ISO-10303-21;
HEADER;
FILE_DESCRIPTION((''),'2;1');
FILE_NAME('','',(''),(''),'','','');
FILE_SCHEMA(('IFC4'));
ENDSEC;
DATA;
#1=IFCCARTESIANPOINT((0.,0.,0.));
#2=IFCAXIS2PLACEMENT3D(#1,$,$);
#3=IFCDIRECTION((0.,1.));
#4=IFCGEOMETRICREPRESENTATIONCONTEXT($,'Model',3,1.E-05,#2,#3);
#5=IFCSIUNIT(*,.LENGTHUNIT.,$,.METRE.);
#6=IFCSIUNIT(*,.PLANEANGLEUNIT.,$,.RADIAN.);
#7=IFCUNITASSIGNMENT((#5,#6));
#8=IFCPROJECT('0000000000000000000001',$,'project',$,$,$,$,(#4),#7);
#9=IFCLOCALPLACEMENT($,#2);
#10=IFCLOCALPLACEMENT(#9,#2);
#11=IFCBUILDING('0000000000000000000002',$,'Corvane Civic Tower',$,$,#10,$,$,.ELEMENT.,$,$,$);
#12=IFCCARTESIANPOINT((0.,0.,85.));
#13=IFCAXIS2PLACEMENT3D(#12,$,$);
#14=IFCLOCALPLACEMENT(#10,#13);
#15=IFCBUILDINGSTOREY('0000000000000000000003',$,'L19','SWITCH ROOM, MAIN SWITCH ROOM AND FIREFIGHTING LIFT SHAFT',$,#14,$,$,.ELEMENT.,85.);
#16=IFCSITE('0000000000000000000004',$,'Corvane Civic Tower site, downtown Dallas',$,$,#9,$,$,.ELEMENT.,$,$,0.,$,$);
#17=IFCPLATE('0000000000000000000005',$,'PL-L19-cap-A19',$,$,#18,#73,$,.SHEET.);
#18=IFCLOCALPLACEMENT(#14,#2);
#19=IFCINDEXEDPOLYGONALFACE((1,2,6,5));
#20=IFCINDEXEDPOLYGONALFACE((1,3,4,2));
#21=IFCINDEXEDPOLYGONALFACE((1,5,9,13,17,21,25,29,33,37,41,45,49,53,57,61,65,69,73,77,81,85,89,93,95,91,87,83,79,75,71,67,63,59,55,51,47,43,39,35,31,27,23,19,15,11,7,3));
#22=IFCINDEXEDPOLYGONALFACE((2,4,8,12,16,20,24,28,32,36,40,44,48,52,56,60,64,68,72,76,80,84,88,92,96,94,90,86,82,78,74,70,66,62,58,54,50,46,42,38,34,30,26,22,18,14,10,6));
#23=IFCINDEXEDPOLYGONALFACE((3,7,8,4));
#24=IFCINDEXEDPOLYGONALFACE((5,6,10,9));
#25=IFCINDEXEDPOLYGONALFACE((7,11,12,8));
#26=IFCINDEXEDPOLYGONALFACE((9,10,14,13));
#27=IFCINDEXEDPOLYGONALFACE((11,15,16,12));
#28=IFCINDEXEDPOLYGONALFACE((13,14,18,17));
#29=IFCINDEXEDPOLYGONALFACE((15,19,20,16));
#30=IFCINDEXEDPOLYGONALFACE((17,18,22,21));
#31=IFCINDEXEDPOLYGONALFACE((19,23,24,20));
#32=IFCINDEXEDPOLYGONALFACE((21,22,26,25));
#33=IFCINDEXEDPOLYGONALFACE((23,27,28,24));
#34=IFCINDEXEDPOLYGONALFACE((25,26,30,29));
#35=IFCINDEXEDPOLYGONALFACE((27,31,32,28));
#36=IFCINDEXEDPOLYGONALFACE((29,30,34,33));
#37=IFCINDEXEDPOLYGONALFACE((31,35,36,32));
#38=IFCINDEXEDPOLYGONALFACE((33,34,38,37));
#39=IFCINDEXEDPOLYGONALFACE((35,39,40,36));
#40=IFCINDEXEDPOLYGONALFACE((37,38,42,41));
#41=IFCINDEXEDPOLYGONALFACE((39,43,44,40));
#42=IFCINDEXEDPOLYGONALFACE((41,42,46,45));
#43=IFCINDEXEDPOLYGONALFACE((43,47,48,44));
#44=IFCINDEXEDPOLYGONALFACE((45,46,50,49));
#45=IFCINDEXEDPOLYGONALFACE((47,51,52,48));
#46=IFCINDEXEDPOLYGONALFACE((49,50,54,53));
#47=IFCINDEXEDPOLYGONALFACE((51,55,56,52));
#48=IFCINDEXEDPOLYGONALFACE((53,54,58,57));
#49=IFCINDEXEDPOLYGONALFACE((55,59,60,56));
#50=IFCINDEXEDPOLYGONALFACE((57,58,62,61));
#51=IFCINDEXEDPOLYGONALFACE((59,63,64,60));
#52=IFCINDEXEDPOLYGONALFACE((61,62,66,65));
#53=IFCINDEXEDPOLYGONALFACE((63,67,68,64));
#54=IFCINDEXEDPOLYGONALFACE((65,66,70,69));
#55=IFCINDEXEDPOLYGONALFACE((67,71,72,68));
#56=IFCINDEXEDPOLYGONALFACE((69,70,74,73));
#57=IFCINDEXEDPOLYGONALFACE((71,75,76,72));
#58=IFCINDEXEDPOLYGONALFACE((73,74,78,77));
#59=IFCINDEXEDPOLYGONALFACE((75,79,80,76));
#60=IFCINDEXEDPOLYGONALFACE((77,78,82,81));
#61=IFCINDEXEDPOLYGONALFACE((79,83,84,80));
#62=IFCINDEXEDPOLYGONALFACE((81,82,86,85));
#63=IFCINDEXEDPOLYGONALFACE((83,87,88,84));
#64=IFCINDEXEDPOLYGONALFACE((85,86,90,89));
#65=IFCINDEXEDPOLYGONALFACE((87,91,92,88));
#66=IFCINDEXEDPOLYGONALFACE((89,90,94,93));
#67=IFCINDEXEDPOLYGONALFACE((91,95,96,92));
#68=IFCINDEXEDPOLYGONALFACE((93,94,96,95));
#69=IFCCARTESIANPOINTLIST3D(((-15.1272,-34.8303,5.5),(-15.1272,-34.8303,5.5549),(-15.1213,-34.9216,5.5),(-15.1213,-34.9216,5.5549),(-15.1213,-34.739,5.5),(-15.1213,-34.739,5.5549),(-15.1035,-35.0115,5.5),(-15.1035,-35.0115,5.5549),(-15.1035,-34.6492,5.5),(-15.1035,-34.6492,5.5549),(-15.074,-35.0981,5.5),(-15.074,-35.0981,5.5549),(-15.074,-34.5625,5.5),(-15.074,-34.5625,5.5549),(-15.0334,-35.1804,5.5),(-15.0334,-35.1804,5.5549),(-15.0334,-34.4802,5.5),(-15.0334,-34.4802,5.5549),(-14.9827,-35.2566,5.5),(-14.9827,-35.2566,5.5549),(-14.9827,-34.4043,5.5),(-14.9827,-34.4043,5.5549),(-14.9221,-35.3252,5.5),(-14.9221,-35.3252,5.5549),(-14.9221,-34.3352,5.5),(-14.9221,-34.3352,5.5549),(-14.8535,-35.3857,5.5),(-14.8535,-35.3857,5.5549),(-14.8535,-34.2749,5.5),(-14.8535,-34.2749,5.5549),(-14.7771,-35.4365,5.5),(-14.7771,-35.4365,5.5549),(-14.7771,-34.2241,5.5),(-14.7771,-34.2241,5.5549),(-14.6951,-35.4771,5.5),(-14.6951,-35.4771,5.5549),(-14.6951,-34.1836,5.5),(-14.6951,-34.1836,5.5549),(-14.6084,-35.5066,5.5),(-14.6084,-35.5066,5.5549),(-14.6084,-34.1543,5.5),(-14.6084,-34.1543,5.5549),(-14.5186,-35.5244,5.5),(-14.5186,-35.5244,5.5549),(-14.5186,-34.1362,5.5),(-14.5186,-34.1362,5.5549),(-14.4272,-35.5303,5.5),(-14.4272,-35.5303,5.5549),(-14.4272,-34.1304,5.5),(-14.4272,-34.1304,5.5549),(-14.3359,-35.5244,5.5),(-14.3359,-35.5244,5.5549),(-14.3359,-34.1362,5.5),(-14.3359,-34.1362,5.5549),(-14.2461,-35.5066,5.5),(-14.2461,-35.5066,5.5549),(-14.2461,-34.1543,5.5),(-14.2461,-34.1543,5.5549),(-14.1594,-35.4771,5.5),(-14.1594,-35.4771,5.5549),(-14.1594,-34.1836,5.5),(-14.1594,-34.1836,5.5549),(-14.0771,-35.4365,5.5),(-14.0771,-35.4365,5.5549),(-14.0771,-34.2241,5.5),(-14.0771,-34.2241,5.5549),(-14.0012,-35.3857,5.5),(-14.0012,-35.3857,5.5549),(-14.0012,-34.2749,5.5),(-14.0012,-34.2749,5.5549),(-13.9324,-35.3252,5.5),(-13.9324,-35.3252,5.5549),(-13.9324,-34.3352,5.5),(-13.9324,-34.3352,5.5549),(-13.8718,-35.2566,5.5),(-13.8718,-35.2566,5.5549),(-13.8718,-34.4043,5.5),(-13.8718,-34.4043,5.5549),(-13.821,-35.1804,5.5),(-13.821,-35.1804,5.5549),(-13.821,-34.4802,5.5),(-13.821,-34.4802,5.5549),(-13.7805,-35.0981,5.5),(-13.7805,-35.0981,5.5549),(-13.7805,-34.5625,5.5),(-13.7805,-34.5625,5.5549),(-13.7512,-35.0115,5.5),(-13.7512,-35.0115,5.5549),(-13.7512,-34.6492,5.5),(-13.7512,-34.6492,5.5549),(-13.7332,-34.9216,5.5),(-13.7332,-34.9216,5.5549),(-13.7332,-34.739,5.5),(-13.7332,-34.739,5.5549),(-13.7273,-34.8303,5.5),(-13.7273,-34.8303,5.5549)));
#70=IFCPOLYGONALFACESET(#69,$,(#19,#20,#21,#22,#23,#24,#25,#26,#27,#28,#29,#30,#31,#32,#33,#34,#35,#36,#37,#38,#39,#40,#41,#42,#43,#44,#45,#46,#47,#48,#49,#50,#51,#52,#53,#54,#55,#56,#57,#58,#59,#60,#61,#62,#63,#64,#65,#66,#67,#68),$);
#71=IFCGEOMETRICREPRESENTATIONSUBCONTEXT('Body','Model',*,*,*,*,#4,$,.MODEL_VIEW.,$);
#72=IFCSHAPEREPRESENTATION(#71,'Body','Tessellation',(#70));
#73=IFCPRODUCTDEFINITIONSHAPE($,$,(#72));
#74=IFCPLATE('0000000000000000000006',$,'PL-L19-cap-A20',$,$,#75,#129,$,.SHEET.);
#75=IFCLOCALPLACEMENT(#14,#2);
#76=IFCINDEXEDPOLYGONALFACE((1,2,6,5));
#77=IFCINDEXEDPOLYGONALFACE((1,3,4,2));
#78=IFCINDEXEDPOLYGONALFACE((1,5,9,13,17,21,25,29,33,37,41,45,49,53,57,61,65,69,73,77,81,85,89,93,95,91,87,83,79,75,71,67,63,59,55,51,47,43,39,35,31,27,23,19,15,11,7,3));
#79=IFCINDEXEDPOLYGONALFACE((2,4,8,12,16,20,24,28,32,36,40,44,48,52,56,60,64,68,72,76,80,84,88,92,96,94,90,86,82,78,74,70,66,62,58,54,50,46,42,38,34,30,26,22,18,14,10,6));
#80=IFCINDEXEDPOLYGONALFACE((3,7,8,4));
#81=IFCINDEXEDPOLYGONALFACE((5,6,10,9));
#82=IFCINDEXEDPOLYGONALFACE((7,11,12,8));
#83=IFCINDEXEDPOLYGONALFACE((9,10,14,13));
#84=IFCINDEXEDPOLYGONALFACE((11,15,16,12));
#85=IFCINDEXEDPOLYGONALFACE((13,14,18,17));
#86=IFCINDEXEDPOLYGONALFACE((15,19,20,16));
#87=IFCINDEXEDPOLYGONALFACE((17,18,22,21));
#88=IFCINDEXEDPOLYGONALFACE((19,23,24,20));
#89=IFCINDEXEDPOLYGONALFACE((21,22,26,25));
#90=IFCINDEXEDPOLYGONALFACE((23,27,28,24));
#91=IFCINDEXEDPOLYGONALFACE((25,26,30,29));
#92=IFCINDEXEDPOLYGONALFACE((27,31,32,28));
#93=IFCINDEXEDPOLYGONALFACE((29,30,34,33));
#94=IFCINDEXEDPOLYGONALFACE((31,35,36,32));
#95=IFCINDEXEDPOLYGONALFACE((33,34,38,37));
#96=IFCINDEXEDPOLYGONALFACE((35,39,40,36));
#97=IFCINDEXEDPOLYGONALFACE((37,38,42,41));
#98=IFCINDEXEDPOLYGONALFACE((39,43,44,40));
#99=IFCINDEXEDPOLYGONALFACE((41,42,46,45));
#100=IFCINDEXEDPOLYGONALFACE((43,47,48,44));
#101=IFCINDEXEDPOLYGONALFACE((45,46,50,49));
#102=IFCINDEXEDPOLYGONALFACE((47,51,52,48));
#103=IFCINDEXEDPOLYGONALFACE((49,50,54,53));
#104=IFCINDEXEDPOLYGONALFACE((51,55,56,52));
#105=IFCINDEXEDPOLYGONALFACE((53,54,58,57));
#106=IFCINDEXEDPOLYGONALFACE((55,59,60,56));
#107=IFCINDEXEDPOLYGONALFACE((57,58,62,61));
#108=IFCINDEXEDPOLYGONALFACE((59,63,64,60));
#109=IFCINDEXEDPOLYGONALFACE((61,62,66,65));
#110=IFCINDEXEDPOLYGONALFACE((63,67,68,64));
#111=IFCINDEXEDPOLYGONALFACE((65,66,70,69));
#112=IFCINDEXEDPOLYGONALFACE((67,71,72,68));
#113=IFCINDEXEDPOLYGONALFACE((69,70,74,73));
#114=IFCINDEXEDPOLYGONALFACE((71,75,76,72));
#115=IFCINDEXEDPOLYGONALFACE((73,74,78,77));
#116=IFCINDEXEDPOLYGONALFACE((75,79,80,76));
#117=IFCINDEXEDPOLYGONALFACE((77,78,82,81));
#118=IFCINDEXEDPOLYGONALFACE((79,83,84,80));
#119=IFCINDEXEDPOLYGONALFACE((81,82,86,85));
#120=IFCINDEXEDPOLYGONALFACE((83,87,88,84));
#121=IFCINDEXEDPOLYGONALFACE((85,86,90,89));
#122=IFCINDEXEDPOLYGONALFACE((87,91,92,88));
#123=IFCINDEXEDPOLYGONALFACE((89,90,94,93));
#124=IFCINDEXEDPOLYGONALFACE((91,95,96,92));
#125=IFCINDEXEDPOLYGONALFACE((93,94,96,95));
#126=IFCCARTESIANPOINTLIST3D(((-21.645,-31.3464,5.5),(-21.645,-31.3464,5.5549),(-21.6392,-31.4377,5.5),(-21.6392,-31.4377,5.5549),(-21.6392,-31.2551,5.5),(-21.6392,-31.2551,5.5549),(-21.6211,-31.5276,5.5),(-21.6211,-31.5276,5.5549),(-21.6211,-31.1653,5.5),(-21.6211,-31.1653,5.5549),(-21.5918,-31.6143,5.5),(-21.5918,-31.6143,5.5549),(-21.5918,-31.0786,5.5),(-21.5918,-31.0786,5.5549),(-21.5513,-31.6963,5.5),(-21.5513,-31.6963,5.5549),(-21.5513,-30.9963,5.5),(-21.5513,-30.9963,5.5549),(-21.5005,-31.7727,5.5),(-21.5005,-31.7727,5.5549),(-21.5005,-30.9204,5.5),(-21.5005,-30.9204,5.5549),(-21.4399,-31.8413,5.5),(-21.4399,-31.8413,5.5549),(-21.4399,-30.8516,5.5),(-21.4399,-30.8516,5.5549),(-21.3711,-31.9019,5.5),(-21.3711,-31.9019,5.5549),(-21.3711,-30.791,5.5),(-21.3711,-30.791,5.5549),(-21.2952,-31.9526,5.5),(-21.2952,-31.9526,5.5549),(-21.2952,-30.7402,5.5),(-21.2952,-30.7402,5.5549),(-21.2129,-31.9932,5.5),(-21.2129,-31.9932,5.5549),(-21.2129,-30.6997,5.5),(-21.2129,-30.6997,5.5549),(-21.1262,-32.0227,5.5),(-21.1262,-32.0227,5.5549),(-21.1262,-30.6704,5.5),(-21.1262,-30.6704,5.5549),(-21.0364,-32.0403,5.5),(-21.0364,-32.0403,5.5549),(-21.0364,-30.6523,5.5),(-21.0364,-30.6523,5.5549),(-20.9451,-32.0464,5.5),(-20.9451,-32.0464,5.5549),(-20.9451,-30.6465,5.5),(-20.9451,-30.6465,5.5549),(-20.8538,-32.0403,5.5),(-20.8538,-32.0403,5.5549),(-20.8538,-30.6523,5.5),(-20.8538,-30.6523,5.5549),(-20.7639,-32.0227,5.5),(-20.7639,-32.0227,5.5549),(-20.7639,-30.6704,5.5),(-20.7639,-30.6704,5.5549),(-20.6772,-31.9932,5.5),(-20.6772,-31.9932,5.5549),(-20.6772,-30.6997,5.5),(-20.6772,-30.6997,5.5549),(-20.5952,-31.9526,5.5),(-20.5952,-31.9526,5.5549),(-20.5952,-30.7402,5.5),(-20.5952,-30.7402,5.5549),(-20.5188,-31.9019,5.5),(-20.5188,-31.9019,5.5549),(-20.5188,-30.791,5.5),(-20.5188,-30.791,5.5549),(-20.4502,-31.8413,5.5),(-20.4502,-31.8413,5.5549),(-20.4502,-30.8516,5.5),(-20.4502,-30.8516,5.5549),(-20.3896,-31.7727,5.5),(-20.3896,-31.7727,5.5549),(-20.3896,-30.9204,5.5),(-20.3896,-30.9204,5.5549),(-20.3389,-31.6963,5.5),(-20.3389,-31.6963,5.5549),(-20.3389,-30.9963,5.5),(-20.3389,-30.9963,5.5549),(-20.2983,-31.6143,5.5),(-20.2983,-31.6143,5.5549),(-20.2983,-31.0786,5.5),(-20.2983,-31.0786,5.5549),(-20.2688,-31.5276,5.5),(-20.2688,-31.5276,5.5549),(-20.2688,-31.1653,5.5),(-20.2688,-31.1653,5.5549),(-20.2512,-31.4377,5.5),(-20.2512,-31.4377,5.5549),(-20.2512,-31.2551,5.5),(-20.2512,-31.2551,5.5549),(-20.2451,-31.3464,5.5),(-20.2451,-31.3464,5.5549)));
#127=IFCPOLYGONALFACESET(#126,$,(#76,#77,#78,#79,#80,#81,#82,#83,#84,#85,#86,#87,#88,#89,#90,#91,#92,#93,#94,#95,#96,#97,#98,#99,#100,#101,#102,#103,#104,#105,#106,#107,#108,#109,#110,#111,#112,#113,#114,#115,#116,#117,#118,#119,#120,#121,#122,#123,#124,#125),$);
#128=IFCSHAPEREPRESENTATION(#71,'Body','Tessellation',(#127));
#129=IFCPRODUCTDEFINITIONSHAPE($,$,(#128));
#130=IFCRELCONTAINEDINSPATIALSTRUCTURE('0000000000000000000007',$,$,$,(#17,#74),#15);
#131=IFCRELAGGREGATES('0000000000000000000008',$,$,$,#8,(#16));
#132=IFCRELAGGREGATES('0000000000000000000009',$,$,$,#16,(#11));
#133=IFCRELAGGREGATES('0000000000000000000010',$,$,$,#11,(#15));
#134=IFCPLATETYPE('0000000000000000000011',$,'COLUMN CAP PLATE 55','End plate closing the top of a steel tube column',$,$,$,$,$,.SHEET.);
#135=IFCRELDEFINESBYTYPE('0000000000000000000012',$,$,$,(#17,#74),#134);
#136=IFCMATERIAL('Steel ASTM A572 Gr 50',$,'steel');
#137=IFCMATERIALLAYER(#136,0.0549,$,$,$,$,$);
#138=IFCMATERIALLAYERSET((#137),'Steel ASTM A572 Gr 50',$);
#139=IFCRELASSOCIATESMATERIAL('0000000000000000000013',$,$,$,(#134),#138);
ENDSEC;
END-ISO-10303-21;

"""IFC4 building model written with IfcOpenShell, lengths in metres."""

from ifc_helpers import new_model, si_unit, direction, frame, origin, place, context, subcontext, project, spatial, polyline, outline, extrude, material, layer, layer_set, type_object, element, save


model = new_model("IFC4")

# Units and contexts
model_context = context("Model", 3, precision=1e-05, world=origin(), true_north=direction((0.0, 1.0)))
body_context = subcontext(model_context, "Body", "Model", "MODEL_VIEW")
ifc_project = project(units=[si_unit("LENGTHUNIT", "METRE"), si_unit("PLANEANGLEUNIT", "RADIAN")], contexts=[model_context])

# Site, building, storey
site_placement = place(None, origin())
site = spatial("IfcSite", under=ifc_project, at=site_placement, Name="Corvane Civic Tower site, downtown Dallas", CompositionType="ELEMENT", RefElevation=0.0)
building_placement = place(site_placement, origin())
building = spatial("IfcBuilding", under=site, at=building_placement, Name="Corvane Civic Tower", CompositionType="ELEMENT")
storey_placement = place(building_placement, frame((0.0, 0.0, 85.0)))
storey = spatial("IfcBuildingStorey", under=building, at=storey_placement, Name="L19", Description="SWITCH ROOM, MAIN SWITCH ROOM AND FIREFIGHTING LIFT SHAFT", CompositionType="ELEMENT", Elevation=85.0)

# Plates
ifc_material_1 = material(Name="Steel ASTM A572 Gr 50", Category="steel")
ifc_layer_1 = layer(ifc_material_1, 0.0549)
ifc_layer_set_1 = layer_set([ifc_layer_1], Name="Steel ASTM A572 Gr 50")
plate_type = type_object("IfcPlateType", Name="COLUMN CAP PLATE 55", Description="End plate closing the top of a steel tube column", PredefinedType="SHEET", material=ifc_layer_set_1)
plate_1_placement = place(storey_placement, frame((0.0, 0.0, 5.5)))
element("IfcPlate", 1, at=plate_1_placement, inside=storey, type_object=plate_type, Name="PL-L19-cap-A19", PredefinedType="SHEET", context=body_context, shape_type="SweptSolid", body=[
    extrude(outline(polyline([(-13.7273, -34.8303), (-13.7332, -34.739), (-13.7512, -34.6492), (-13.7805, -34.5625), (-13.821, -34.4802), (-13.8718, -34.4043), (-13.9324, -34.3352), (-14.0012, -34.2749), (-14.0771, -34.2241), (-14.1594, -34.1836), (-14.2461, -34.1543), (-14.3359, -34.1362), (-14.4272, -34.1304), (-14.5186, -34.1362), (-14.6084, -34.1543), (-14.6951, -34.1836), (-14.7771, -34.2241), (-14.8535, -34.2749), (-14.9221, -34.3352), (-14.9827, -34.4043), (-15.0334, -34.4802), (-15.074, -34.5625), (-15.1035, -34.6492), (-15.1213, -34.739), (-15.1272, -34.8303), (-15.1213, -34.9216), (-15.1035, -35.0115), (-15.074, -35.0981), (-15.0334, -35.1804), (-14.9827, -35.2566), (-14.9221, -35.3252), (-14.8535, -35.3857), (-14.7771, -35.4365), (-14.6951, -35.4771), (-14.6084, -35.5066), (-14.5186, -35.5244), (-14.4272, -35.5303), (-14.3359, -35.5244), (-14.2461, -35.5066), (-14.1594, -35.4771), (-14.0771, -35.4365), (-14.0012, -35.3857), (-13.9324, -35.3252), (-13.8718, -35.2566), (-13.821, -35.1804), (-13.7805, -35.0981), (-13.7512, -35.0115), (-13.7332, -34.9216), (-13.7273, -34.8303)])), origin(), (0.0, 0.0, 1.0), 0.0549),
])
plate_2_placement = place(storey_placement, frame((0.0, 0.0, 5.5)))
element("IfcPlate", 2, at=plate_2_placement, inside=storey, type_object=plate_type, Name="PL-L19-cap-A20", PredefinedType="SHEET", context=body_context, shape_type="SweptSolid", body=[
    extrude(outline(polyline([(-20.2451, -31.3464), (-20.2512, -31.2551), (-20.2688, -31.1653), (-20.2983, -31.0786), (-20.3389, -30.9963), (-20.3896, -30.9204), (-20.4502, -30.8516), (-20.5188, -30.791), (-20.5952, -30.7402), (-20.6772, -30.6997), (-20.7639, -30.6704), (-20.8538, -30.6523), (-20.9451, -30.6465), (-21.0364, -30.6523), (-21.1262, -30.6704), (-21.2129, -30.6997), (-21.2952, -30.7402), (-21.3711, -30.791), (-21.4399, -30.8516), (-21.5005, -30.9204), (-21.5513, -30.9963), (-21.5918, -31.0786), (-21.6211, -31.1653), (-21.6392, -31.2551), (-21.645, -31.3464), (-21.6392, -31.4377), (-21.6211, -31.5276), (-21.5918, -31.6143), (-21.5513, -31.6963), (-21.5005, -31.7727), (-21.4399, -31.8413), (-21.3711, -31.9019), (-21.2952, -31.9526), (-21.2129, -31.9932), (-21.1262, -32.0227), (-21.0364, -32.0403), (-20.9451, -32.0464), (-20.8538, -32.0403), (-20.7639, -32.0227), (-20.6772, -31.9932), (-20.5952, -31.9526), (-20.5188, -31.9019), (-20.4502, -31.8413), (-20.3896, -31.7727), (-20.3389, -31.6963), (-20.2983, -31.6143), (-20.2688, -31.5276), (-20.2512, -31.4377), (-20.2451, -31.3464)])), origin(), (0.0, 0.0, 1.0), 0.0549),
])

save(model, "model.ifc")
